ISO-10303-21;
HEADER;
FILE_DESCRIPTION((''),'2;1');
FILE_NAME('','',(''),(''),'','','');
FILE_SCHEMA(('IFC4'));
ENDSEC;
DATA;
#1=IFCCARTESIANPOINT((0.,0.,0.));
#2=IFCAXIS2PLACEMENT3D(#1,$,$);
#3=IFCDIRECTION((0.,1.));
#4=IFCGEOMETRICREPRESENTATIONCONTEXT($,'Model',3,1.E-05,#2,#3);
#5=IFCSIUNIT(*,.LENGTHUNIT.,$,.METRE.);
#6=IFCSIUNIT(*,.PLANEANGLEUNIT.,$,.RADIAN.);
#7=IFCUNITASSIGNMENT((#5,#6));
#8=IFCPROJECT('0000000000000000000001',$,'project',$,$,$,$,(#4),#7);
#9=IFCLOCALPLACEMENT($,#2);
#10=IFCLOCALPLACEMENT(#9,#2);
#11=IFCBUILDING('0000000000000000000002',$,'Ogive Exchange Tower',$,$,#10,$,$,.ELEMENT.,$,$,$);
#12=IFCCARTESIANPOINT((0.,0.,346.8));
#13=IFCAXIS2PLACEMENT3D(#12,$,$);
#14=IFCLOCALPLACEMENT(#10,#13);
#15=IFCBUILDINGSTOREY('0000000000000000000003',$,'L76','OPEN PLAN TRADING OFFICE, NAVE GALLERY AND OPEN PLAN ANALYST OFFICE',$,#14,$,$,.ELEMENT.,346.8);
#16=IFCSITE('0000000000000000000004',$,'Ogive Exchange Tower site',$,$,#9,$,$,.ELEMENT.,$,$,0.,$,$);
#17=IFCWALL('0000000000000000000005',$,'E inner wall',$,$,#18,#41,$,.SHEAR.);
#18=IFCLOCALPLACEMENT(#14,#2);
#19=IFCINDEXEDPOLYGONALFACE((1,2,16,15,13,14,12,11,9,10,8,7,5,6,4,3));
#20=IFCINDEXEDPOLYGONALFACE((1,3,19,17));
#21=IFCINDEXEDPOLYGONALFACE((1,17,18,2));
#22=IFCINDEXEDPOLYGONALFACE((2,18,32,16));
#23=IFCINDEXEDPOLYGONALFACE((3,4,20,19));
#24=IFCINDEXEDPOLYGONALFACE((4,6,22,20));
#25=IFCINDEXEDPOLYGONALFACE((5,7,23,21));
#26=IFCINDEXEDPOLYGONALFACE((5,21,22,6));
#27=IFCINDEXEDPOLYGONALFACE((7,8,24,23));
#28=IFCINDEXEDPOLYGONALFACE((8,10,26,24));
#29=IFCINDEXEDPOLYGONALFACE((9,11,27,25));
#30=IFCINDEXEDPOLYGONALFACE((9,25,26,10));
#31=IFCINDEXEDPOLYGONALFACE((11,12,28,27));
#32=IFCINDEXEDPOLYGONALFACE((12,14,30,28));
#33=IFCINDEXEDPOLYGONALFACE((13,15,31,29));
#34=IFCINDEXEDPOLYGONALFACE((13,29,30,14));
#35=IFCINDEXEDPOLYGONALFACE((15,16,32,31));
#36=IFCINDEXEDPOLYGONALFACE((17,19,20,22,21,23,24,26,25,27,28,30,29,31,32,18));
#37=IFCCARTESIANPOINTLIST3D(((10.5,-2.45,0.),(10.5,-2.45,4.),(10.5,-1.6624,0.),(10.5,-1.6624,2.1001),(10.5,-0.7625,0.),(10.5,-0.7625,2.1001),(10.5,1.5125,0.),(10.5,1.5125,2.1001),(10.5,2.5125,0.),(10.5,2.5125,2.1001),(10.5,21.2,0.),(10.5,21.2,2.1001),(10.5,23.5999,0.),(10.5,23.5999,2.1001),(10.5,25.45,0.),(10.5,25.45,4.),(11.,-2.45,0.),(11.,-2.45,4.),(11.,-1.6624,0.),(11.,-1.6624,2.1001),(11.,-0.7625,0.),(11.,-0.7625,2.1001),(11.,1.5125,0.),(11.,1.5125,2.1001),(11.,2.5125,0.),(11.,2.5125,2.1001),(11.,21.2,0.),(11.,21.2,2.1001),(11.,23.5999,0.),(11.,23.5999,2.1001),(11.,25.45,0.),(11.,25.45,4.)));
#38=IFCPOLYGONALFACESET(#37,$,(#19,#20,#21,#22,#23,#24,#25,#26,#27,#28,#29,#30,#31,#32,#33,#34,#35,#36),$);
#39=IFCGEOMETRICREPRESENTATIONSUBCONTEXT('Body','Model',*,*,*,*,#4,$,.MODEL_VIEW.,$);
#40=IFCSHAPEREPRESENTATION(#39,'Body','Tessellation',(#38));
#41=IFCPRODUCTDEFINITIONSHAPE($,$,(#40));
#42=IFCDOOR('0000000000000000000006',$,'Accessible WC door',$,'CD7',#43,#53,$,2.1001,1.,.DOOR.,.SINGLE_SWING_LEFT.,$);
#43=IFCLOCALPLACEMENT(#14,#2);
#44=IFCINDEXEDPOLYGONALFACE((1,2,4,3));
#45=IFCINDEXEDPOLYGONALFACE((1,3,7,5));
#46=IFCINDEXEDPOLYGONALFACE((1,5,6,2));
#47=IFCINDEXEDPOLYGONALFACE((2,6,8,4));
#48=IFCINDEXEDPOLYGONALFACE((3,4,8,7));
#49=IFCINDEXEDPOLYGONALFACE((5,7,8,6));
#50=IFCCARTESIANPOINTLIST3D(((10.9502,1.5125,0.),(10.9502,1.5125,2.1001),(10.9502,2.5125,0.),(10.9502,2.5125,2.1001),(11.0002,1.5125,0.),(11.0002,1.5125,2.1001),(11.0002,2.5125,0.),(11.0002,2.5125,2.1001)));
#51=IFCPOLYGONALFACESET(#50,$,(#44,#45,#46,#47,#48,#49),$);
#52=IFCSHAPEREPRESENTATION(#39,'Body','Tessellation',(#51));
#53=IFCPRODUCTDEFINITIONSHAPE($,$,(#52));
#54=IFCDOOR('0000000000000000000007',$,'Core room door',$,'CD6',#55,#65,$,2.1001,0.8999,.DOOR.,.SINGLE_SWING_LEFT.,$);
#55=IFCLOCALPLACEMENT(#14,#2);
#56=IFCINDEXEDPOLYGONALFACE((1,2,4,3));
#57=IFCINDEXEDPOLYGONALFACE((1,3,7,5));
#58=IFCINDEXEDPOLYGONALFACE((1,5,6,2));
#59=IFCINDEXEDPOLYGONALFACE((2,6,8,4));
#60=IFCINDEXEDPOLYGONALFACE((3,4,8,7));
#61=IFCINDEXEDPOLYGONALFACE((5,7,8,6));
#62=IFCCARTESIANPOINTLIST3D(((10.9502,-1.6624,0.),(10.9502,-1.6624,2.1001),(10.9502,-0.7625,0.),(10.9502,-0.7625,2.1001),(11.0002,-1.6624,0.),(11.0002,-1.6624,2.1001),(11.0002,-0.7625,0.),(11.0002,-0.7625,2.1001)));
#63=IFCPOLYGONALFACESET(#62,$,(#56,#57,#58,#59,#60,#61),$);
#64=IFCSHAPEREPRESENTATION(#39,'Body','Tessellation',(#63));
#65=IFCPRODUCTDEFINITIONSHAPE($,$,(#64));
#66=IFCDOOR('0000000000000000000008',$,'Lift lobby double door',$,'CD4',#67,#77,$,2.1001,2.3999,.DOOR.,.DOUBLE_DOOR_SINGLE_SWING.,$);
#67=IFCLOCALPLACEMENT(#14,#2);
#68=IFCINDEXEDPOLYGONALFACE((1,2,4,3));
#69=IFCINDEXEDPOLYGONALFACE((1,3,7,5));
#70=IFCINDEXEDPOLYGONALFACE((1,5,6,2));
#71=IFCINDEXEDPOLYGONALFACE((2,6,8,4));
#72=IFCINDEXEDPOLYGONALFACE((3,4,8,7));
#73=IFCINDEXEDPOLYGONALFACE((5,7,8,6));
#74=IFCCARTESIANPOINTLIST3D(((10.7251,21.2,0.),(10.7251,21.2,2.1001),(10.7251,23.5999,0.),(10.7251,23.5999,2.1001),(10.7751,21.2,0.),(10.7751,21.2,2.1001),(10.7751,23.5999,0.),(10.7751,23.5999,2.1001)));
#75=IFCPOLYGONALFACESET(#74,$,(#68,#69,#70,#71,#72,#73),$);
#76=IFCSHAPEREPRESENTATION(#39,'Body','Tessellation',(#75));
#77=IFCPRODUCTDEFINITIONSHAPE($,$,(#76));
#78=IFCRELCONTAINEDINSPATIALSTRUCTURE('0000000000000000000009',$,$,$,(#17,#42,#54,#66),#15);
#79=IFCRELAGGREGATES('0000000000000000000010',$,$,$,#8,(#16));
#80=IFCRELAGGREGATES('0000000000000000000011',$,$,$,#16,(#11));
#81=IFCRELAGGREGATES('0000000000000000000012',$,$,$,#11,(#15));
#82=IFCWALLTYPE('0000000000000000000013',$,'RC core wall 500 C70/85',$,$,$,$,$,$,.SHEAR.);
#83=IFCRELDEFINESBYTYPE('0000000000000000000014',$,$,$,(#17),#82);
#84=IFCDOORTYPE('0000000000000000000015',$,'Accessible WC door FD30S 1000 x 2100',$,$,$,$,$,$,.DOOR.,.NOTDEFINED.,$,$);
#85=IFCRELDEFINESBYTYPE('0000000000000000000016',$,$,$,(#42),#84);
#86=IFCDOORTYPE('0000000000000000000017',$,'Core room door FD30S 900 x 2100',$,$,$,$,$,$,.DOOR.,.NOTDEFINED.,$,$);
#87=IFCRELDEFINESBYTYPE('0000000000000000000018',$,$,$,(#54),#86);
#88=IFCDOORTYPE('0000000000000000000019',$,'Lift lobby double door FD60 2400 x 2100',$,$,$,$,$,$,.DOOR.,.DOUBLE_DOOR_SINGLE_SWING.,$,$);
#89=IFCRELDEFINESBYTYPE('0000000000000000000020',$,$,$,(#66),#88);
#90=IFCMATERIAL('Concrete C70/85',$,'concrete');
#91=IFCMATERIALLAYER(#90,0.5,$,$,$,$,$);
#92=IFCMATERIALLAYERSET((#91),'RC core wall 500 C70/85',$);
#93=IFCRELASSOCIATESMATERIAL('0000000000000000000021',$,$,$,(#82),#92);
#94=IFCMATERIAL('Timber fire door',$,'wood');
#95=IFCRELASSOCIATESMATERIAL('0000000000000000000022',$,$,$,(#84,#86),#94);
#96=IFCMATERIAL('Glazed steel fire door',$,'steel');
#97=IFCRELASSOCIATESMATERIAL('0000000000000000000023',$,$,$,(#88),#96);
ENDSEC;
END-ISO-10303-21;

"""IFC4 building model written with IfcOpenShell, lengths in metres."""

from ifc_helpers import new_model, si_unit, direction, frame, frame_2d, origin, place, context, subcontext, project, spatial, rectangle, extrude, material, layer, layer_set, type_object, element, fill, save


model = new_model("IFC4")

# Units and contexts
model_context = context("Model", 3, precision=1e-05, world=origin(), true_north=direction((0.0, 1.0)))
body_context = subcontext(model_context, "Body", "Model", "MODEL_VIEW")
ifc_project = project(units=[si_unit("LENGTHUNIT", "METRE"), si_unit("PLANEANGLEUNIT", "RADIAN")], contexts=[model_context])

# Site, building, storey
site_placement = place(None, origin())
site = spatial("IfcSite", under=ifc_project, at=site_placement, Name="Ogive Exchange Tower site", CompositionType="ELEMENT", RefElevation=0.0)
building_placement = place(site_placement, origin())
building = spatial("IfcBuilding", under=site, at=building_placement, Name="Ogive Exchange Tower", CompositionType="ELEMENT")
storey_placement = place(building_placement, frame((0.0, 0.0, 346.8)))
storey = spatial("IfcBuildingStorey", under=building, at=storey_placement, Name="L76", Description="OPEN PLAN TRADING OFFICE, NAVE GALLERY AND OPEN PLAN ANALYST OFFICE", CompositionType="ELEMENT", Elevation=346.8)

# Shared definitions
ifc_material_1 = material(Name="Concrete C70/85", Category="concrete")

# Wall, openings, doors
ifc_layer_1 = layer(ifc_material_1, 0.5)
ifc_layer_set_1 = layer_set([ifc_layer_1], Name="RC core wall 500 C70/85")
wall_type_1 = type_object("IfcWallType", Name="RC core wall 500 C70/85", PredefinedType="SHEAR", material=ifc_layer_set_1)
wall_1_placement = place(storey_placement, frame((10.75, -2.45, 0.0), z_axis=(0.0, 0.0, 1.0), x_axis=(0.0, 1.0, 0.0)))
wall_1 = element("IfcWall", 1, at=wall_1_placement, inside=storey, type_object=wall_type_1, Name="E inner wall", PredefinedType="SHEAR", context=body_context, shape_type="SweptSolid", body=[
    extrude(rectangle(XDim=27.8999, YDim=0.5, at=frame_2d((13.95, 0.0))), origin(), (0.0, 0.0, 1.0), 4.0),
])
opening_1_placement = place(wall_1_placement, frame((23.6499, 0.0, 0.0)))
opening_1 = element("IfcOpeningElement", 2, at=opening_1_placement, cuts=wall_1, PredefinedType="OPENING", context=body_context, shape_type="SweptSolid", body=[
    extrude(rectangle(XDim=2.3999, YDim=2.1001, at=frame_2d((1.2, 1.05))), frame((0.0, 0.26, 0.0), z_axis=(0.0, -1.0, 0.0), x_axis=(1.0, 0.0, 0.0)), (0.0, 0.0, 1.0), 0.52),
])
opening_2_placement = place(wall_1_placement, frame((0.7876, 0.0, 0.0)))
opening_2 = element("IfcOpeningElement", 3, at=opening_2_placement, cuts=wall_1, PredefinedType="OPENING", context=body_context, shape_type="SweptSolid", body=[
    extrude(rectangle(XDim=0.8999, YDim=2.1001, at=frame_2d((0.45, 1.05))), frame((0.0, 0.26, 0.0), z_axis=(0.0, -1.0, 0.0), x_axis=(1.0, 0.0, 0.0)), (0.0, 0.0, 1.0), 0.52),
])
opening_3_placement = place(wall_1_placement, frame((3.9624, 0.0, 0.0)))
opening_3 = element("IfcOpeningElement", 4, at=opening_3_placement, cuts=wall_1, PredefinedType="OPENING", context=body_context, shape_type="SweptSolid", body=[
    extrude(rectangle(XDim=1.0, YDim=2.1001, at=frame_2d((0.5, 1.05))), frame((0.0, 0.26, 0.0), z_axis=(0.0, -1.0, 0.0), x_axis=(1.0, 0.0, 0.0)), (0.0, 0.0, 1.0), 0.52),
])
ifc_material_2 = material(Name="Timber fire door", Category="wood")
door_type_1 = type_object("IfcDoorType", Name="Accessible WC door FD30S 1000 x 2100", OperationType="NOTDEFINED", PredefinedType="DOOR", material=ifc_material_2)
door_1_placement = place(opening_3_placement, origin())
door_1 = element("IfcDoor", 5, at=door_1_placement, inside=storey, type_object=door_type_1, Name="Accessible WC door", ObjectType="CD7", OperationType="SINGLE_SWING_LEFT", OverallHeight=2.1001, OverallWidth=1.0, PredefinedType="DOOR", context=body_context, shape_type="SweptSolid", body=[
    extrude(rectangle(XDim=1.0, YDim=2.1001, at=frame_2d((0.5, 1.05))), frame((0.0, -0.2002, 0.0), z_axis=(0.0, -1.0, 0.0), x_axis=(1.0, 0.0, 0.0)), (0.0, 0.0, 1.0), 0.05),
])
fill(opening_3, door_1)
door_type_2 = type_object("IfcDoorType", Name="Core room door FD30S 900 x 2100", OperationType="NOTDEFINED", PredefinedType="DOOR", material=ifc_material_2)
door_2_placement = place(opening_2_placement, origin())
door_2 = element("IfcDoor", 6, at=door_2_placement, inside=storey, type_object=door_type_2, Name="Core room door", ObjectType="CD6", OperationType="SINGLE_SWING_LEFT", OverallHeight=2.1001, OverallWidth=0.8999, PredefinedType="DOOR", context=body_context, shape_type="SweptSolid", body=[
    extrude(rectangle(XDim=0.8999, YDim=2.1001, at=frame_2d((0.45, 1.05))), frame((0.0, -0.2002, 0.0), z_axis=(0.0, -1.0, 0.0), x_axis=(1.0, 0.0, 0.0)), (0.0, 0.0, 1.0), 0.05),
])
fill(opening_2, door_2)
ifc_material_3 = material(Name="Glazed steel fire door", Category="steel")
door_type_3 = type_object("IfcDoorType", Name="Lift lobby double door FD60 2400 x 2100", OperationType="DOUBLE_DOOR_SINGLE_SWING", PredefinedType="DOOR", material=ifc_material_3)
door_3_placement = place(opening_1_placement, origin())
door_3 = element("IfcDoor", 7, at=door_3_placement, inside=storey, type_object=door_type_3, Name="Lift lobby double door", ObjectType="CD4", OperationType="DOUBLE_DOOR_SINGLE_SWING", OverallHeight=2.1001, OverallWidth=2.3999, PredefinedType="DOOR", context=body_context, shape_type="SweptSolid", body=[
    extrude(rectangle(XDim=2.3999, YDim=2.1001, at=frame_2d((1.2, 1.05))), frame((0.0, 0.0249, 0.0), z_axis=(0.0, -1.0, 0.0), x_axis=(1.0, 0.0, 0.0)), (0.0, 0.0, 1.0), 0.05),
])
fill(opening_1, door_3)

save(model, "model.ifc")
